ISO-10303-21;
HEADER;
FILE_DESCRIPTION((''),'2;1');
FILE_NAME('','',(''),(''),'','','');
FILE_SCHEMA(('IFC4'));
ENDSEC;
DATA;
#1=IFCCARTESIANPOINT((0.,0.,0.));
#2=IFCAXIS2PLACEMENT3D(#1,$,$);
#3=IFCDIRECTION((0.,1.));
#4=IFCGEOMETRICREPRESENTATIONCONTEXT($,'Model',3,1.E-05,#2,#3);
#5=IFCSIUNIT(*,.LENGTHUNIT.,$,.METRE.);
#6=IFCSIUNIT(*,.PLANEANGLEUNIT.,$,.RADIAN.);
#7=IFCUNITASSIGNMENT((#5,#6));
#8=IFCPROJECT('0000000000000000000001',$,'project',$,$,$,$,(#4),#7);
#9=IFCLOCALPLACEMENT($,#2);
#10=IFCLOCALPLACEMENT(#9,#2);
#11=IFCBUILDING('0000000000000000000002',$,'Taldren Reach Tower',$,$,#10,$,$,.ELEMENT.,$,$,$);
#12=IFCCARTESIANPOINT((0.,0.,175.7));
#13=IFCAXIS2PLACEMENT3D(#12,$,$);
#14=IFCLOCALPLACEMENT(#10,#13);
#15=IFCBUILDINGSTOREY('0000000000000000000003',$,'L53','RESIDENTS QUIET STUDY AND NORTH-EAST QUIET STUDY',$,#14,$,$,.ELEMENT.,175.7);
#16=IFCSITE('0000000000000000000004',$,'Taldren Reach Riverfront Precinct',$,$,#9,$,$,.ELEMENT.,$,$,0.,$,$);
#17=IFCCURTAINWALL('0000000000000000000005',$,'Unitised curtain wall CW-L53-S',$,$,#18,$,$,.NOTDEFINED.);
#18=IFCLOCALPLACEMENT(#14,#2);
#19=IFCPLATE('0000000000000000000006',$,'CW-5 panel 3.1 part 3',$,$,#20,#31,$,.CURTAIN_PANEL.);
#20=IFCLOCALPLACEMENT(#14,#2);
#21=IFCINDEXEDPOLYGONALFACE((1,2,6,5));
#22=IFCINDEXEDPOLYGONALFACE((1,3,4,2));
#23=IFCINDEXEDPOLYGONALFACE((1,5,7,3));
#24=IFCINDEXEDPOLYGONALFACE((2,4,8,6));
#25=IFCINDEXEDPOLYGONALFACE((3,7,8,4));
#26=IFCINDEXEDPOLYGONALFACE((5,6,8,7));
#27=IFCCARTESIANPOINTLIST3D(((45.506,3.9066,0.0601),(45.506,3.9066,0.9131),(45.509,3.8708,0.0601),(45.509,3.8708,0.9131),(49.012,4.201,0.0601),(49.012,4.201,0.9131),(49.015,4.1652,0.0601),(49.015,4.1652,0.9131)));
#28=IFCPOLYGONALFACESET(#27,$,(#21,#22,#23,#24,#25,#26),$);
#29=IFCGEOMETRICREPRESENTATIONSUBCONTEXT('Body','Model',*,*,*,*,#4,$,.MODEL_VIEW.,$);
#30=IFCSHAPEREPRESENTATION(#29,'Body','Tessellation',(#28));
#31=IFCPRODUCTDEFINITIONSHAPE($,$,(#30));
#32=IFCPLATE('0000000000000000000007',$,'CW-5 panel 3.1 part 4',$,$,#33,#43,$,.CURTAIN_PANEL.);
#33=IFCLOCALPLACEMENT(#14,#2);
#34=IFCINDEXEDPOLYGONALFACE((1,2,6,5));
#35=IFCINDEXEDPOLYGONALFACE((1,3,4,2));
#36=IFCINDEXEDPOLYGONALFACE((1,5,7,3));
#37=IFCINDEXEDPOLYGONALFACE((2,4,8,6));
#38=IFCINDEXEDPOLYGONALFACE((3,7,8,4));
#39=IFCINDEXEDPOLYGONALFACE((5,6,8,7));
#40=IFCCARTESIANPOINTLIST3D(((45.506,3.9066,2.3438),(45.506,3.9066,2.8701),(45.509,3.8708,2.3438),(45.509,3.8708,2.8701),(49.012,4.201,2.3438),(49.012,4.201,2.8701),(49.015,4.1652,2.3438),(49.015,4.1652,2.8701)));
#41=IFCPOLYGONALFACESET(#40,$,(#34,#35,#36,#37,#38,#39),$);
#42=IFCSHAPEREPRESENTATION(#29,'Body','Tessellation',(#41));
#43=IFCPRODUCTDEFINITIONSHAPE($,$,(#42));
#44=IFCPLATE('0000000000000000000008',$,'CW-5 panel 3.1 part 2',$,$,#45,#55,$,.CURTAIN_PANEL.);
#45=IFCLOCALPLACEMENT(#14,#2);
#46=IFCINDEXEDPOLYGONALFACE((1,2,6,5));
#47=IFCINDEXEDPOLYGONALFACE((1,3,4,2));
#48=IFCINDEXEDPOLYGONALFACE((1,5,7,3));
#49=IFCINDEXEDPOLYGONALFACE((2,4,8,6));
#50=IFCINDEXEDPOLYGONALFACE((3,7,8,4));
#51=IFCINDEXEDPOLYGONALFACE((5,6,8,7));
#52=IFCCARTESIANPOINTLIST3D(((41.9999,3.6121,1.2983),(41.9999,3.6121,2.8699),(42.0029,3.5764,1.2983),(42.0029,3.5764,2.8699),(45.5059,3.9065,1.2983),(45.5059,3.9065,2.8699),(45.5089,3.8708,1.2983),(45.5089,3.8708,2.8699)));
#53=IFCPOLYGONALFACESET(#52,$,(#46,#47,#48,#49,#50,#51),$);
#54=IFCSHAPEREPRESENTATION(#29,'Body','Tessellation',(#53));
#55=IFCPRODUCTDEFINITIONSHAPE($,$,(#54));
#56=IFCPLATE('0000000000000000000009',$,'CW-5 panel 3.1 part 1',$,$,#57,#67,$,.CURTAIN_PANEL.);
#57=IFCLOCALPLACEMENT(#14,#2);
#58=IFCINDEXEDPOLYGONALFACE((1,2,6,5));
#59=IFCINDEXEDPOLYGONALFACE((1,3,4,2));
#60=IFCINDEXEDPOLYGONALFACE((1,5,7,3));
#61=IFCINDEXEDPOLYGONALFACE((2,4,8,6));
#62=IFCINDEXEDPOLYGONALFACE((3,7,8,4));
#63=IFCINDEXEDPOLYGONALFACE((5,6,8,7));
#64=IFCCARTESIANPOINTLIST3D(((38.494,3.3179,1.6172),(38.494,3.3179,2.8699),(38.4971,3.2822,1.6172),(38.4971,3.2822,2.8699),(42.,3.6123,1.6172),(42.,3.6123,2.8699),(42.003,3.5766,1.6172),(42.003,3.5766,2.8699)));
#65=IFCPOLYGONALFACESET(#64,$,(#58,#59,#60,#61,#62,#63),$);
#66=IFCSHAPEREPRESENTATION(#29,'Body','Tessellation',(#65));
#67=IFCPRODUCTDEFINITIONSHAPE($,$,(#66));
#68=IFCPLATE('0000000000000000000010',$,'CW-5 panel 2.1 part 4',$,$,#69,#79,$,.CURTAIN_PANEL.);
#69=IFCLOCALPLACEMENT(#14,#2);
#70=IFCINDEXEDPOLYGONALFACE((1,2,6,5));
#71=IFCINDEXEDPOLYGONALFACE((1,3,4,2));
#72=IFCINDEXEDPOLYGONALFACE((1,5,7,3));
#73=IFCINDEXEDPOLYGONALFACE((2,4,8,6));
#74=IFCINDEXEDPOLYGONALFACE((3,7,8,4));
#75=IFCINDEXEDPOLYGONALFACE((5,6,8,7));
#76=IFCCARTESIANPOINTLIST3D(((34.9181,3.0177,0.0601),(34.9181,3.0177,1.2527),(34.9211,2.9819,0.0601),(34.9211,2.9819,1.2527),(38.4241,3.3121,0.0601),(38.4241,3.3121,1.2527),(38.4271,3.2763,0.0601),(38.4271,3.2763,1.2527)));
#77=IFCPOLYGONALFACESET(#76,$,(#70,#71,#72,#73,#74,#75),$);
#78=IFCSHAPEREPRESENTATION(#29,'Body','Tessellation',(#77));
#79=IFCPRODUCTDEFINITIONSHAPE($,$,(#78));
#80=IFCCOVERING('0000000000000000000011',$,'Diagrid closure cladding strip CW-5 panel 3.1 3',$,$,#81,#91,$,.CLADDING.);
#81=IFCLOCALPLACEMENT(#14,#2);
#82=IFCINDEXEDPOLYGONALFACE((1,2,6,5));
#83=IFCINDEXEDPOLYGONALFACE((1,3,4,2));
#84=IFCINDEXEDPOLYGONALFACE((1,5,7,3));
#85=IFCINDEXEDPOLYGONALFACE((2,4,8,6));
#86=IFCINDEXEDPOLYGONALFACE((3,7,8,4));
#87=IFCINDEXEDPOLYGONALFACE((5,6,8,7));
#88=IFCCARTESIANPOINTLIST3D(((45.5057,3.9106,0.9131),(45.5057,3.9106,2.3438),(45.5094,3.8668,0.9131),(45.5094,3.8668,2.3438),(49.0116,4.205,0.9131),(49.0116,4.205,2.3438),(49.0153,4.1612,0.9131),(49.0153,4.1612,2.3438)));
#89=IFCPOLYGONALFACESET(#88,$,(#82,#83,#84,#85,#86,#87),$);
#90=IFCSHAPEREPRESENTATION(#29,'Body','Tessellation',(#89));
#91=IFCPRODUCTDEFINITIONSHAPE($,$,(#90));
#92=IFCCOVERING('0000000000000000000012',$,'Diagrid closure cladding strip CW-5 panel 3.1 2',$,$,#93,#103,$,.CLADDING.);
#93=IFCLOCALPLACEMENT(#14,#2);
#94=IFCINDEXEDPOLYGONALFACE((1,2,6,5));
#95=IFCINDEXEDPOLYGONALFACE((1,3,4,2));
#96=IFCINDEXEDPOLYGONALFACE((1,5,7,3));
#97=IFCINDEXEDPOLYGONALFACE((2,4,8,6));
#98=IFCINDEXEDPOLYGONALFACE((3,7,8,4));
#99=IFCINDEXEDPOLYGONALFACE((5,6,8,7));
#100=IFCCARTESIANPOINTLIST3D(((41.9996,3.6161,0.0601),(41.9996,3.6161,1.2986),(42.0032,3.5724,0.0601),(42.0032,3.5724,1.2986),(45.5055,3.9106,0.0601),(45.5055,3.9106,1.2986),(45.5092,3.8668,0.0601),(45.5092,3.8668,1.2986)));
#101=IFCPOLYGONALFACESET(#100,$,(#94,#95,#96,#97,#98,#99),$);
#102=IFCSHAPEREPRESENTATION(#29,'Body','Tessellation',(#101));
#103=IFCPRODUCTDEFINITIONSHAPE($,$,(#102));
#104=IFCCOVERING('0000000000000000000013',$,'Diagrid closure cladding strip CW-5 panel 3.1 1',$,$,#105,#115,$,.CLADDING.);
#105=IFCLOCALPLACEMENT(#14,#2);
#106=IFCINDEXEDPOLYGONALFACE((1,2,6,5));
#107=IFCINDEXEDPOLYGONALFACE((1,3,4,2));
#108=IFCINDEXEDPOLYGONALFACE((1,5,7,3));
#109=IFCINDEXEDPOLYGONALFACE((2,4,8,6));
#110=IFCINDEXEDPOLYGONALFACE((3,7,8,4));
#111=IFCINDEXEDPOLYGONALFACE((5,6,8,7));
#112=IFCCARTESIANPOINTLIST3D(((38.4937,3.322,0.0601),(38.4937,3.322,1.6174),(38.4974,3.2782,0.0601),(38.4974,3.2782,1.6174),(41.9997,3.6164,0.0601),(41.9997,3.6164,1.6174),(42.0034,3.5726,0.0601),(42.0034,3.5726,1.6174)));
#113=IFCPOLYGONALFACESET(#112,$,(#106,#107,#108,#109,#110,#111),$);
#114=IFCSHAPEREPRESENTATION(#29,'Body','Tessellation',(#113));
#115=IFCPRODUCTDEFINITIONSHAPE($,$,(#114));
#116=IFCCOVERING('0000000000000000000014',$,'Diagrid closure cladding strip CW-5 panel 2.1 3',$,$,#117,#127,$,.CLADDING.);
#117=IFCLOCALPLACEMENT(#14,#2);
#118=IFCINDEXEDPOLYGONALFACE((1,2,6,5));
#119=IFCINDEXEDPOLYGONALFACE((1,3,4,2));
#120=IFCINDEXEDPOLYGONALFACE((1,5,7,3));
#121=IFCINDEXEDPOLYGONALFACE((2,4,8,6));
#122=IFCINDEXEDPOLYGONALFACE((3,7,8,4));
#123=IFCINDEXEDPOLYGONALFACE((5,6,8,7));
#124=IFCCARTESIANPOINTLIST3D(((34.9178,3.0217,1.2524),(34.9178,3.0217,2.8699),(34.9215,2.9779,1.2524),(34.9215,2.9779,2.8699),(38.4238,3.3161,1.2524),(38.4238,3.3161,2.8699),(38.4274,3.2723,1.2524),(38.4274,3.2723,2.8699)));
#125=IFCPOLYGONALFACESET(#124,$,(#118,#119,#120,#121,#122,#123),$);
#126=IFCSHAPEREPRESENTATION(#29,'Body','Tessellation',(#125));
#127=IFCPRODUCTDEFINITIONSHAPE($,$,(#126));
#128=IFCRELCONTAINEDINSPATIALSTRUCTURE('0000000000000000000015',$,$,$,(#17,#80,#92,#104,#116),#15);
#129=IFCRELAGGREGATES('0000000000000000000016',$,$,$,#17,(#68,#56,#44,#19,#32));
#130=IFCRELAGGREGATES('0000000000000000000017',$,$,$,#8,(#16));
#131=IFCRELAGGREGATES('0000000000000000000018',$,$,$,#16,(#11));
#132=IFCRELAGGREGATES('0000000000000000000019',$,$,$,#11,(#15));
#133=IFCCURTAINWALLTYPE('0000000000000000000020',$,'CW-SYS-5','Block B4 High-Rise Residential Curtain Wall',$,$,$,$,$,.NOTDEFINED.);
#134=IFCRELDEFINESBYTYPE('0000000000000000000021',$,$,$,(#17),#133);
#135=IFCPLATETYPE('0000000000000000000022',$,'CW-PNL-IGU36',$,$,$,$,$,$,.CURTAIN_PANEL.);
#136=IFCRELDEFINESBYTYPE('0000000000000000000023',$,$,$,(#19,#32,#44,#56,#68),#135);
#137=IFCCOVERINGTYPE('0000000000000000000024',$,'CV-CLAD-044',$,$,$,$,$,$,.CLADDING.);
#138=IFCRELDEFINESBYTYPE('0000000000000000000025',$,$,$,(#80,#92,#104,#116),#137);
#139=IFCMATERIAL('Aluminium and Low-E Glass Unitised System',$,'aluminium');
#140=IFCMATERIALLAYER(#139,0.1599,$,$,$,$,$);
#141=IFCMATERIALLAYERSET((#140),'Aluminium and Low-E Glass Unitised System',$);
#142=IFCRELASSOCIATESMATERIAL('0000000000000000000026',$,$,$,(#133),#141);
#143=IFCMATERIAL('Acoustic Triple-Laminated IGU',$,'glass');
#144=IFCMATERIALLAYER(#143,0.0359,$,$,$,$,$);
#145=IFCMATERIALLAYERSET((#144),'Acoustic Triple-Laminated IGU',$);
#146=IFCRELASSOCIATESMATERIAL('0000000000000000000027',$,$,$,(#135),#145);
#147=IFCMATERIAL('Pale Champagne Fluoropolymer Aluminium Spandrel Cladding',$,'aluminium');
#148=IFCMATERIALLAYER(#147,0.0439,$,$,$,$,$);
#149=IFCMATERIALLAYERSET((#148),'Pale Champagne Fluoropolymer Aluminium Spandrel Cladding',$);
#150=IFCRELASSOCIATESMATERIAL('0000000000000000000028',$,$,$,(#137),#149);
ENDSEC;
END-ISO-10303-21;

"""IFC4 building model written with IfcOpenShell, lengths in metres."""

from ifc_helpers import new_model, si_unit, direction, frame, origin, origin_2d, place, context, subcontext, project, spatial, rectangle, extrude, source, transform, mapped, material, layer, layer_set, type_object, element, aggregate, save


model = new_model("IFC4")

# Units and contexts
model_context = context("Model", 3, precision=1e-05, world=origin(), true_north=direction((0.0, 1.0)))
body_context = subcontext(model_context, "Body", "Model", "MODEL_VIEW")
ifc_project = project(units=[si_unit("LENGTHUNIT", "METRE"), si_unit("PLANEANGLEUNIT", "RADIAN")], contexts=[model_context])

# Site, building, storey
site_placement = place(None, origin())
site = spatial("IfcSite", under=ifc_project, at=site_placement, Name="Taldren Reach Riverfront Precinct", CompositionType="ELEMENT", RefElevation=0.0)
building_placement = place(site_placement, origin())
building = spatial("IfcBuilding", under=site, at=building_placement, Name="Taldren Reach Tower", CompositionType="ELEMENT")
storey_placement = place(building_placement, frame((0.0, 0.0, 175.7)))
storey = spatial("IfcBuildingStorey", under=building, at=storey_placement, Name="L53", Description="RESIDENTS QUIET STUDY AND NORTH-EAST QUIET STUDY", CompositionType="ELEMENT", Elevation=175.7)

# Curtain wall
ifc_material_1 = material(Name="Aluminium and Low-E Glass Unitised System", Category="aluminium")
ifc_layer_1 = layer(ifc_material_1, 0.1599)
ifc_layer_set_1 = layer_set([ifc_layer_1], Name="Aluminium and Low-E Glass Unitised System")
curtain_wall_type = type_object("IfcCurtainWallType", Name="CW-SYS-5", Description="Block B4 High-Rise Residential Curtain Wall", PredefinedType="NOTDEFINED", material=ifc_layer_set_1)
curtain_wall_placement = place(storey_placement, origin())
curtain_wall = element("IfcCurtainWall", 1, at=curtain_wall_placement, inside=storey, type_object=curtain_wall_type, Name="Unitised curtain wall CW-L53-S", PredefinedType="NOTDEFINED")

# Plates
ifc_material_2 = material(Name="Acoustic Triple-Laminated IGU", Category="glass")
ifc_layer_2 = layer(ifc_material_2, 0.0359)
ifc_layer_set_2 = layer_set([ifc_layer_2], Name="Acoustic Triple-Laminated IGU")
plate_type_1 = type_object("IfcPlateType", Name="CW-PNL-IGU36", PredefinedType="CURTAIN_PANEL", material=ifc_layer_set_2)
shared_shape_1 = source(origin(), body_context, "Body", "SweptSolid", [
    extrude(rectangle(XDim=3.5183, YDim=0.0359, at=origin_2d()), origin(), (0.0, 0.0, 1.0), 0.853),
])
plate_1_placement = place(storey_placement, frame((47.2605, 4.0359, 0.0601), z_axis=(0.0, 0.0, 1.0), x_axis=(0.996493, 0.083678, 0.0)))
plate_1 = element("IfcPlate", 2, at=plate_1_placement, type_object=plate_type_1, Name="CW-5 panel 3.1 part 3", PredefinedType="CURTAIN_PANEL", context=body_context, shape_type="MappedRepresentation", body=[
    mapped(shared_shape_1, transform((0.0, 0.0, 0.0), scale=1.0)),
])
shared_shape_2 = source(origin(), body_context, "Body", "SweptSolid", [
    extrude(rectangle(XDim=3.5183, YDim=0.0359, at=origin_2d()), origin(), (0.0, 0.0, 1.0), 0.5264),
])
plate_2_placement = place(storey_placement, frame((47.2605, 4.0359, 2.3438), z_axis=(0.0, 0.0, 1.0), x_axis=(0.996493, 0.083678, 0.0)))
plate_2 = element("IfcPlate", 3, at=plate_2_placement, type_object=plate_type_1, Name="CW-5 panel 3.1 part 4", PredefinedType="CURTAIN_PANEL", context=body_context, shape_type="MappedRepresentation", body=[
    mapped(shared_shape_2, transform((0.0, 0.0, 0.0), scale=1.0)),
])
shared_shape_3 = source(origin(), body_context, "Body", "SweptSolid", [
    extrude(rectangle(XDim=3.5183, YDim=0.0359, at=origin_2d()), origin(), (0.0, 0.0, 1.0), 1.5715),
])
plate_3_placement = place(storey_placement, frame((43.7544, 3.7415, 1.2983), z_axis=(0.0, 0.0, 1.0), x_axis=(0.996493, 0.083678, 0.0)))
plate_3 = element("IfcPlate", 4, at=plate_3_placement, type_object=plate_type_1, Name="CW-5 panel 3.1 part 2", PredefinedType="CURTAIN_PANEL", context=body_context, shape_type="MappedRepresentation", body=[
    mapped(shared_shape_3, transform((0.0, 0.0, 0.0), scale=1.0)),
])
shared_shape_4 = source(origin(), body_context, "Body", "SweptSolid", [
    extrude(rectangle(XDim=3.5183, YDim=0.0359, at=origin_2d()), origin(), (0.0, 0.0, 1.0), 1.2527),
])
plate_4_placement = place(storey_placement, frame((40.2485, 3.4473, 1.6172), z_axis=(0.0, 0.0, 1.0), x_axis=(0.996493, 0.083678, 0.0)))
plate_4 = element("IfcPlate", 5, at=plate_4_placement, type_object=plate_type_1, Name="CW-5 panel 3.1 part 1", PredefinedType="CURTAIN_PANEL", context=body_context, shape_type="MappedRepresentation", body=[
    mapped(shared_shape_4, transform((0.0, 0.0, 0.0), scale=1.0)),
])
shared_shape_5 = source(origin(), body_context, "Body", "SweptSolid", [
    extrude(rectangle(XDim=3.5183, YDim=0.0359, at=origin_2d()), origin(), (0.0, 0.0, 1.0), 1.1926),
])
plate_5_placement = place(storey_placement, frame((36.6726, 3.147, 0.0601), z_axis=(0.0, 0.0, 1.0), x_axis=(0.996493, 0.083678, 0.0)))
plate_5 = element("IfcPlate", 6, at=plate_5_placement, type_object=plate_type_1, Name="CW-5 panel 2.1 part 4", PredefinedType="CURTAIN_PANEL", context=body_context, shape_type="MappedRepresentation", body=[
    mapped(shared_shape_5, transform((0.0, 0.0, 0.0), scale=1.0)),
])
aggregate(curtain_wall, [plate_5, plate_4, plate_3, plate_1, plate_2])

# Coverings
ifc_material_3 = material(Name="Pale Champagne Fluoropolymer Aluminium Spandrel Cladding", Category="aluminium")
ifc_layer_3 = layer(ifc_material_3, 0.0439)
ifc_layer_set_3 = layer_set([ifc_layer_3], Name="Pale Champagne Fluoropolymer Aluminium Spandrel Cladding")
covering_type = type_object("IfcCoveringType", Name="CV-CLAD-044", PredefinedType="CLADDING", material=ifc_layer_set_3)
shared_shape_6 = source(origin(), body_context, "Body", "SweptSolid", [
    extrude(rectangle(XDim=3.5183, YDim=0.0439, at=origin_2d()), origin(), (0.0, 0.0, 1.0), 1.4307),
])
covering_1_placement = place(storey_placement, frame((47.2605, 4.0359, 0.9131), z_axis=(0.0, 0.0, 1.0), x_axis=(0.996493, 0.083678, 0.0)))
element("IfcCovering", 7, at=covering_1_placement, inside=storey, type_object=covering_type, Name="Diagrid closure cladding strip CW-5 panel 3.1 3", PredefinedType="CLADDING", context=body_context, shape_type="MappedRepresentation", body=[
    mapped(shared_shape_6, transform((0.0, 0.0, 0.0), scale=1.0)),
])
shared_shape_7 = source(origin(), body_context, "Body", "SweptSolid", [
    extrude(rectangle(XDim=3.5183, YDim=0.0439, at=origin_2d()), origin(), (0.0, 0.0, 1.0), 1.2385),
])
covering_2_placement = place(storey_placement, frame((43.7544, 3.7415, 0.0601), z_axis=(0.0, 0.0, 1.0), x_axis=(0.996493, 0.083678, 0.0)))
element("IfcCovering", 8, at=covering_2_placement, inside=storey, type_object=covering_type, Name="Diagrid closure cladding strip CW-5 panel 3.1 2", PredefinedType="CLADDING", context=body_context, shape_type="MappedRepresentation", body=[
    mapped(shared_shape_7, transform((0.0, 0.0, 0.0), scale=1.0)),
])
shared_shape_8 = source(origin(), body_context, "Body", "SweptSolid", [
    extrude(rectangle(XDim=3.5183, YDim=0.0439, at=origin_2d()), origin(), (0.0, 0.0, 1.0), 1.5574),
])
covering_3_placement = place(storey_placement, frame((40.2485, 3.4473, 0.0601), z_axis=(0.0, 0.0, 1.0), x_axis=(0.996493, 0.083678, 0.0)))
element("IfcCovering", 9, at=covering_3_placement, inside=storey, type_object=covering_type, Name="Diagrid closure cladding strip CW-5 panel 3.1 1", PredefinedType="CLADDING", context=body_context, shape_type="MappedRepresentation", body=[
    mapped(shared_shape_8, transform((0.0, 0.0, 0.0), scale=1.0)),
])
shared_shape_9 = source(origin(), body_context, "Body", "SweptSolid", [
    extrude(rectangle(XDim=3.5183, YDim=0.0439, at=origin_2d()), origin(), (0.0, 0.0, 1.0), 1.6174),
])
covering_4_placement = place(storey_placement, frame((36.6726, 3.147, 1.2524), z_axis=(0.0, 0.0, 1.0), x_axis=(0.996493, 0.083678, 0.0)))
element("IfcCovering", 10, at=covering_4_placement, inside=storey, type_object=covering_type, Name="Diagrid closure cladding strip CW-5 panel 2.1 3", PredefinedType="CLADDING", context=body_context, shape_type="MappedRepresentation", body=[
    mapped(shared_shape_9, transform((0.0, 0.0, 0.0), scale=1.0)),
])

save(model, "model.ifc")
